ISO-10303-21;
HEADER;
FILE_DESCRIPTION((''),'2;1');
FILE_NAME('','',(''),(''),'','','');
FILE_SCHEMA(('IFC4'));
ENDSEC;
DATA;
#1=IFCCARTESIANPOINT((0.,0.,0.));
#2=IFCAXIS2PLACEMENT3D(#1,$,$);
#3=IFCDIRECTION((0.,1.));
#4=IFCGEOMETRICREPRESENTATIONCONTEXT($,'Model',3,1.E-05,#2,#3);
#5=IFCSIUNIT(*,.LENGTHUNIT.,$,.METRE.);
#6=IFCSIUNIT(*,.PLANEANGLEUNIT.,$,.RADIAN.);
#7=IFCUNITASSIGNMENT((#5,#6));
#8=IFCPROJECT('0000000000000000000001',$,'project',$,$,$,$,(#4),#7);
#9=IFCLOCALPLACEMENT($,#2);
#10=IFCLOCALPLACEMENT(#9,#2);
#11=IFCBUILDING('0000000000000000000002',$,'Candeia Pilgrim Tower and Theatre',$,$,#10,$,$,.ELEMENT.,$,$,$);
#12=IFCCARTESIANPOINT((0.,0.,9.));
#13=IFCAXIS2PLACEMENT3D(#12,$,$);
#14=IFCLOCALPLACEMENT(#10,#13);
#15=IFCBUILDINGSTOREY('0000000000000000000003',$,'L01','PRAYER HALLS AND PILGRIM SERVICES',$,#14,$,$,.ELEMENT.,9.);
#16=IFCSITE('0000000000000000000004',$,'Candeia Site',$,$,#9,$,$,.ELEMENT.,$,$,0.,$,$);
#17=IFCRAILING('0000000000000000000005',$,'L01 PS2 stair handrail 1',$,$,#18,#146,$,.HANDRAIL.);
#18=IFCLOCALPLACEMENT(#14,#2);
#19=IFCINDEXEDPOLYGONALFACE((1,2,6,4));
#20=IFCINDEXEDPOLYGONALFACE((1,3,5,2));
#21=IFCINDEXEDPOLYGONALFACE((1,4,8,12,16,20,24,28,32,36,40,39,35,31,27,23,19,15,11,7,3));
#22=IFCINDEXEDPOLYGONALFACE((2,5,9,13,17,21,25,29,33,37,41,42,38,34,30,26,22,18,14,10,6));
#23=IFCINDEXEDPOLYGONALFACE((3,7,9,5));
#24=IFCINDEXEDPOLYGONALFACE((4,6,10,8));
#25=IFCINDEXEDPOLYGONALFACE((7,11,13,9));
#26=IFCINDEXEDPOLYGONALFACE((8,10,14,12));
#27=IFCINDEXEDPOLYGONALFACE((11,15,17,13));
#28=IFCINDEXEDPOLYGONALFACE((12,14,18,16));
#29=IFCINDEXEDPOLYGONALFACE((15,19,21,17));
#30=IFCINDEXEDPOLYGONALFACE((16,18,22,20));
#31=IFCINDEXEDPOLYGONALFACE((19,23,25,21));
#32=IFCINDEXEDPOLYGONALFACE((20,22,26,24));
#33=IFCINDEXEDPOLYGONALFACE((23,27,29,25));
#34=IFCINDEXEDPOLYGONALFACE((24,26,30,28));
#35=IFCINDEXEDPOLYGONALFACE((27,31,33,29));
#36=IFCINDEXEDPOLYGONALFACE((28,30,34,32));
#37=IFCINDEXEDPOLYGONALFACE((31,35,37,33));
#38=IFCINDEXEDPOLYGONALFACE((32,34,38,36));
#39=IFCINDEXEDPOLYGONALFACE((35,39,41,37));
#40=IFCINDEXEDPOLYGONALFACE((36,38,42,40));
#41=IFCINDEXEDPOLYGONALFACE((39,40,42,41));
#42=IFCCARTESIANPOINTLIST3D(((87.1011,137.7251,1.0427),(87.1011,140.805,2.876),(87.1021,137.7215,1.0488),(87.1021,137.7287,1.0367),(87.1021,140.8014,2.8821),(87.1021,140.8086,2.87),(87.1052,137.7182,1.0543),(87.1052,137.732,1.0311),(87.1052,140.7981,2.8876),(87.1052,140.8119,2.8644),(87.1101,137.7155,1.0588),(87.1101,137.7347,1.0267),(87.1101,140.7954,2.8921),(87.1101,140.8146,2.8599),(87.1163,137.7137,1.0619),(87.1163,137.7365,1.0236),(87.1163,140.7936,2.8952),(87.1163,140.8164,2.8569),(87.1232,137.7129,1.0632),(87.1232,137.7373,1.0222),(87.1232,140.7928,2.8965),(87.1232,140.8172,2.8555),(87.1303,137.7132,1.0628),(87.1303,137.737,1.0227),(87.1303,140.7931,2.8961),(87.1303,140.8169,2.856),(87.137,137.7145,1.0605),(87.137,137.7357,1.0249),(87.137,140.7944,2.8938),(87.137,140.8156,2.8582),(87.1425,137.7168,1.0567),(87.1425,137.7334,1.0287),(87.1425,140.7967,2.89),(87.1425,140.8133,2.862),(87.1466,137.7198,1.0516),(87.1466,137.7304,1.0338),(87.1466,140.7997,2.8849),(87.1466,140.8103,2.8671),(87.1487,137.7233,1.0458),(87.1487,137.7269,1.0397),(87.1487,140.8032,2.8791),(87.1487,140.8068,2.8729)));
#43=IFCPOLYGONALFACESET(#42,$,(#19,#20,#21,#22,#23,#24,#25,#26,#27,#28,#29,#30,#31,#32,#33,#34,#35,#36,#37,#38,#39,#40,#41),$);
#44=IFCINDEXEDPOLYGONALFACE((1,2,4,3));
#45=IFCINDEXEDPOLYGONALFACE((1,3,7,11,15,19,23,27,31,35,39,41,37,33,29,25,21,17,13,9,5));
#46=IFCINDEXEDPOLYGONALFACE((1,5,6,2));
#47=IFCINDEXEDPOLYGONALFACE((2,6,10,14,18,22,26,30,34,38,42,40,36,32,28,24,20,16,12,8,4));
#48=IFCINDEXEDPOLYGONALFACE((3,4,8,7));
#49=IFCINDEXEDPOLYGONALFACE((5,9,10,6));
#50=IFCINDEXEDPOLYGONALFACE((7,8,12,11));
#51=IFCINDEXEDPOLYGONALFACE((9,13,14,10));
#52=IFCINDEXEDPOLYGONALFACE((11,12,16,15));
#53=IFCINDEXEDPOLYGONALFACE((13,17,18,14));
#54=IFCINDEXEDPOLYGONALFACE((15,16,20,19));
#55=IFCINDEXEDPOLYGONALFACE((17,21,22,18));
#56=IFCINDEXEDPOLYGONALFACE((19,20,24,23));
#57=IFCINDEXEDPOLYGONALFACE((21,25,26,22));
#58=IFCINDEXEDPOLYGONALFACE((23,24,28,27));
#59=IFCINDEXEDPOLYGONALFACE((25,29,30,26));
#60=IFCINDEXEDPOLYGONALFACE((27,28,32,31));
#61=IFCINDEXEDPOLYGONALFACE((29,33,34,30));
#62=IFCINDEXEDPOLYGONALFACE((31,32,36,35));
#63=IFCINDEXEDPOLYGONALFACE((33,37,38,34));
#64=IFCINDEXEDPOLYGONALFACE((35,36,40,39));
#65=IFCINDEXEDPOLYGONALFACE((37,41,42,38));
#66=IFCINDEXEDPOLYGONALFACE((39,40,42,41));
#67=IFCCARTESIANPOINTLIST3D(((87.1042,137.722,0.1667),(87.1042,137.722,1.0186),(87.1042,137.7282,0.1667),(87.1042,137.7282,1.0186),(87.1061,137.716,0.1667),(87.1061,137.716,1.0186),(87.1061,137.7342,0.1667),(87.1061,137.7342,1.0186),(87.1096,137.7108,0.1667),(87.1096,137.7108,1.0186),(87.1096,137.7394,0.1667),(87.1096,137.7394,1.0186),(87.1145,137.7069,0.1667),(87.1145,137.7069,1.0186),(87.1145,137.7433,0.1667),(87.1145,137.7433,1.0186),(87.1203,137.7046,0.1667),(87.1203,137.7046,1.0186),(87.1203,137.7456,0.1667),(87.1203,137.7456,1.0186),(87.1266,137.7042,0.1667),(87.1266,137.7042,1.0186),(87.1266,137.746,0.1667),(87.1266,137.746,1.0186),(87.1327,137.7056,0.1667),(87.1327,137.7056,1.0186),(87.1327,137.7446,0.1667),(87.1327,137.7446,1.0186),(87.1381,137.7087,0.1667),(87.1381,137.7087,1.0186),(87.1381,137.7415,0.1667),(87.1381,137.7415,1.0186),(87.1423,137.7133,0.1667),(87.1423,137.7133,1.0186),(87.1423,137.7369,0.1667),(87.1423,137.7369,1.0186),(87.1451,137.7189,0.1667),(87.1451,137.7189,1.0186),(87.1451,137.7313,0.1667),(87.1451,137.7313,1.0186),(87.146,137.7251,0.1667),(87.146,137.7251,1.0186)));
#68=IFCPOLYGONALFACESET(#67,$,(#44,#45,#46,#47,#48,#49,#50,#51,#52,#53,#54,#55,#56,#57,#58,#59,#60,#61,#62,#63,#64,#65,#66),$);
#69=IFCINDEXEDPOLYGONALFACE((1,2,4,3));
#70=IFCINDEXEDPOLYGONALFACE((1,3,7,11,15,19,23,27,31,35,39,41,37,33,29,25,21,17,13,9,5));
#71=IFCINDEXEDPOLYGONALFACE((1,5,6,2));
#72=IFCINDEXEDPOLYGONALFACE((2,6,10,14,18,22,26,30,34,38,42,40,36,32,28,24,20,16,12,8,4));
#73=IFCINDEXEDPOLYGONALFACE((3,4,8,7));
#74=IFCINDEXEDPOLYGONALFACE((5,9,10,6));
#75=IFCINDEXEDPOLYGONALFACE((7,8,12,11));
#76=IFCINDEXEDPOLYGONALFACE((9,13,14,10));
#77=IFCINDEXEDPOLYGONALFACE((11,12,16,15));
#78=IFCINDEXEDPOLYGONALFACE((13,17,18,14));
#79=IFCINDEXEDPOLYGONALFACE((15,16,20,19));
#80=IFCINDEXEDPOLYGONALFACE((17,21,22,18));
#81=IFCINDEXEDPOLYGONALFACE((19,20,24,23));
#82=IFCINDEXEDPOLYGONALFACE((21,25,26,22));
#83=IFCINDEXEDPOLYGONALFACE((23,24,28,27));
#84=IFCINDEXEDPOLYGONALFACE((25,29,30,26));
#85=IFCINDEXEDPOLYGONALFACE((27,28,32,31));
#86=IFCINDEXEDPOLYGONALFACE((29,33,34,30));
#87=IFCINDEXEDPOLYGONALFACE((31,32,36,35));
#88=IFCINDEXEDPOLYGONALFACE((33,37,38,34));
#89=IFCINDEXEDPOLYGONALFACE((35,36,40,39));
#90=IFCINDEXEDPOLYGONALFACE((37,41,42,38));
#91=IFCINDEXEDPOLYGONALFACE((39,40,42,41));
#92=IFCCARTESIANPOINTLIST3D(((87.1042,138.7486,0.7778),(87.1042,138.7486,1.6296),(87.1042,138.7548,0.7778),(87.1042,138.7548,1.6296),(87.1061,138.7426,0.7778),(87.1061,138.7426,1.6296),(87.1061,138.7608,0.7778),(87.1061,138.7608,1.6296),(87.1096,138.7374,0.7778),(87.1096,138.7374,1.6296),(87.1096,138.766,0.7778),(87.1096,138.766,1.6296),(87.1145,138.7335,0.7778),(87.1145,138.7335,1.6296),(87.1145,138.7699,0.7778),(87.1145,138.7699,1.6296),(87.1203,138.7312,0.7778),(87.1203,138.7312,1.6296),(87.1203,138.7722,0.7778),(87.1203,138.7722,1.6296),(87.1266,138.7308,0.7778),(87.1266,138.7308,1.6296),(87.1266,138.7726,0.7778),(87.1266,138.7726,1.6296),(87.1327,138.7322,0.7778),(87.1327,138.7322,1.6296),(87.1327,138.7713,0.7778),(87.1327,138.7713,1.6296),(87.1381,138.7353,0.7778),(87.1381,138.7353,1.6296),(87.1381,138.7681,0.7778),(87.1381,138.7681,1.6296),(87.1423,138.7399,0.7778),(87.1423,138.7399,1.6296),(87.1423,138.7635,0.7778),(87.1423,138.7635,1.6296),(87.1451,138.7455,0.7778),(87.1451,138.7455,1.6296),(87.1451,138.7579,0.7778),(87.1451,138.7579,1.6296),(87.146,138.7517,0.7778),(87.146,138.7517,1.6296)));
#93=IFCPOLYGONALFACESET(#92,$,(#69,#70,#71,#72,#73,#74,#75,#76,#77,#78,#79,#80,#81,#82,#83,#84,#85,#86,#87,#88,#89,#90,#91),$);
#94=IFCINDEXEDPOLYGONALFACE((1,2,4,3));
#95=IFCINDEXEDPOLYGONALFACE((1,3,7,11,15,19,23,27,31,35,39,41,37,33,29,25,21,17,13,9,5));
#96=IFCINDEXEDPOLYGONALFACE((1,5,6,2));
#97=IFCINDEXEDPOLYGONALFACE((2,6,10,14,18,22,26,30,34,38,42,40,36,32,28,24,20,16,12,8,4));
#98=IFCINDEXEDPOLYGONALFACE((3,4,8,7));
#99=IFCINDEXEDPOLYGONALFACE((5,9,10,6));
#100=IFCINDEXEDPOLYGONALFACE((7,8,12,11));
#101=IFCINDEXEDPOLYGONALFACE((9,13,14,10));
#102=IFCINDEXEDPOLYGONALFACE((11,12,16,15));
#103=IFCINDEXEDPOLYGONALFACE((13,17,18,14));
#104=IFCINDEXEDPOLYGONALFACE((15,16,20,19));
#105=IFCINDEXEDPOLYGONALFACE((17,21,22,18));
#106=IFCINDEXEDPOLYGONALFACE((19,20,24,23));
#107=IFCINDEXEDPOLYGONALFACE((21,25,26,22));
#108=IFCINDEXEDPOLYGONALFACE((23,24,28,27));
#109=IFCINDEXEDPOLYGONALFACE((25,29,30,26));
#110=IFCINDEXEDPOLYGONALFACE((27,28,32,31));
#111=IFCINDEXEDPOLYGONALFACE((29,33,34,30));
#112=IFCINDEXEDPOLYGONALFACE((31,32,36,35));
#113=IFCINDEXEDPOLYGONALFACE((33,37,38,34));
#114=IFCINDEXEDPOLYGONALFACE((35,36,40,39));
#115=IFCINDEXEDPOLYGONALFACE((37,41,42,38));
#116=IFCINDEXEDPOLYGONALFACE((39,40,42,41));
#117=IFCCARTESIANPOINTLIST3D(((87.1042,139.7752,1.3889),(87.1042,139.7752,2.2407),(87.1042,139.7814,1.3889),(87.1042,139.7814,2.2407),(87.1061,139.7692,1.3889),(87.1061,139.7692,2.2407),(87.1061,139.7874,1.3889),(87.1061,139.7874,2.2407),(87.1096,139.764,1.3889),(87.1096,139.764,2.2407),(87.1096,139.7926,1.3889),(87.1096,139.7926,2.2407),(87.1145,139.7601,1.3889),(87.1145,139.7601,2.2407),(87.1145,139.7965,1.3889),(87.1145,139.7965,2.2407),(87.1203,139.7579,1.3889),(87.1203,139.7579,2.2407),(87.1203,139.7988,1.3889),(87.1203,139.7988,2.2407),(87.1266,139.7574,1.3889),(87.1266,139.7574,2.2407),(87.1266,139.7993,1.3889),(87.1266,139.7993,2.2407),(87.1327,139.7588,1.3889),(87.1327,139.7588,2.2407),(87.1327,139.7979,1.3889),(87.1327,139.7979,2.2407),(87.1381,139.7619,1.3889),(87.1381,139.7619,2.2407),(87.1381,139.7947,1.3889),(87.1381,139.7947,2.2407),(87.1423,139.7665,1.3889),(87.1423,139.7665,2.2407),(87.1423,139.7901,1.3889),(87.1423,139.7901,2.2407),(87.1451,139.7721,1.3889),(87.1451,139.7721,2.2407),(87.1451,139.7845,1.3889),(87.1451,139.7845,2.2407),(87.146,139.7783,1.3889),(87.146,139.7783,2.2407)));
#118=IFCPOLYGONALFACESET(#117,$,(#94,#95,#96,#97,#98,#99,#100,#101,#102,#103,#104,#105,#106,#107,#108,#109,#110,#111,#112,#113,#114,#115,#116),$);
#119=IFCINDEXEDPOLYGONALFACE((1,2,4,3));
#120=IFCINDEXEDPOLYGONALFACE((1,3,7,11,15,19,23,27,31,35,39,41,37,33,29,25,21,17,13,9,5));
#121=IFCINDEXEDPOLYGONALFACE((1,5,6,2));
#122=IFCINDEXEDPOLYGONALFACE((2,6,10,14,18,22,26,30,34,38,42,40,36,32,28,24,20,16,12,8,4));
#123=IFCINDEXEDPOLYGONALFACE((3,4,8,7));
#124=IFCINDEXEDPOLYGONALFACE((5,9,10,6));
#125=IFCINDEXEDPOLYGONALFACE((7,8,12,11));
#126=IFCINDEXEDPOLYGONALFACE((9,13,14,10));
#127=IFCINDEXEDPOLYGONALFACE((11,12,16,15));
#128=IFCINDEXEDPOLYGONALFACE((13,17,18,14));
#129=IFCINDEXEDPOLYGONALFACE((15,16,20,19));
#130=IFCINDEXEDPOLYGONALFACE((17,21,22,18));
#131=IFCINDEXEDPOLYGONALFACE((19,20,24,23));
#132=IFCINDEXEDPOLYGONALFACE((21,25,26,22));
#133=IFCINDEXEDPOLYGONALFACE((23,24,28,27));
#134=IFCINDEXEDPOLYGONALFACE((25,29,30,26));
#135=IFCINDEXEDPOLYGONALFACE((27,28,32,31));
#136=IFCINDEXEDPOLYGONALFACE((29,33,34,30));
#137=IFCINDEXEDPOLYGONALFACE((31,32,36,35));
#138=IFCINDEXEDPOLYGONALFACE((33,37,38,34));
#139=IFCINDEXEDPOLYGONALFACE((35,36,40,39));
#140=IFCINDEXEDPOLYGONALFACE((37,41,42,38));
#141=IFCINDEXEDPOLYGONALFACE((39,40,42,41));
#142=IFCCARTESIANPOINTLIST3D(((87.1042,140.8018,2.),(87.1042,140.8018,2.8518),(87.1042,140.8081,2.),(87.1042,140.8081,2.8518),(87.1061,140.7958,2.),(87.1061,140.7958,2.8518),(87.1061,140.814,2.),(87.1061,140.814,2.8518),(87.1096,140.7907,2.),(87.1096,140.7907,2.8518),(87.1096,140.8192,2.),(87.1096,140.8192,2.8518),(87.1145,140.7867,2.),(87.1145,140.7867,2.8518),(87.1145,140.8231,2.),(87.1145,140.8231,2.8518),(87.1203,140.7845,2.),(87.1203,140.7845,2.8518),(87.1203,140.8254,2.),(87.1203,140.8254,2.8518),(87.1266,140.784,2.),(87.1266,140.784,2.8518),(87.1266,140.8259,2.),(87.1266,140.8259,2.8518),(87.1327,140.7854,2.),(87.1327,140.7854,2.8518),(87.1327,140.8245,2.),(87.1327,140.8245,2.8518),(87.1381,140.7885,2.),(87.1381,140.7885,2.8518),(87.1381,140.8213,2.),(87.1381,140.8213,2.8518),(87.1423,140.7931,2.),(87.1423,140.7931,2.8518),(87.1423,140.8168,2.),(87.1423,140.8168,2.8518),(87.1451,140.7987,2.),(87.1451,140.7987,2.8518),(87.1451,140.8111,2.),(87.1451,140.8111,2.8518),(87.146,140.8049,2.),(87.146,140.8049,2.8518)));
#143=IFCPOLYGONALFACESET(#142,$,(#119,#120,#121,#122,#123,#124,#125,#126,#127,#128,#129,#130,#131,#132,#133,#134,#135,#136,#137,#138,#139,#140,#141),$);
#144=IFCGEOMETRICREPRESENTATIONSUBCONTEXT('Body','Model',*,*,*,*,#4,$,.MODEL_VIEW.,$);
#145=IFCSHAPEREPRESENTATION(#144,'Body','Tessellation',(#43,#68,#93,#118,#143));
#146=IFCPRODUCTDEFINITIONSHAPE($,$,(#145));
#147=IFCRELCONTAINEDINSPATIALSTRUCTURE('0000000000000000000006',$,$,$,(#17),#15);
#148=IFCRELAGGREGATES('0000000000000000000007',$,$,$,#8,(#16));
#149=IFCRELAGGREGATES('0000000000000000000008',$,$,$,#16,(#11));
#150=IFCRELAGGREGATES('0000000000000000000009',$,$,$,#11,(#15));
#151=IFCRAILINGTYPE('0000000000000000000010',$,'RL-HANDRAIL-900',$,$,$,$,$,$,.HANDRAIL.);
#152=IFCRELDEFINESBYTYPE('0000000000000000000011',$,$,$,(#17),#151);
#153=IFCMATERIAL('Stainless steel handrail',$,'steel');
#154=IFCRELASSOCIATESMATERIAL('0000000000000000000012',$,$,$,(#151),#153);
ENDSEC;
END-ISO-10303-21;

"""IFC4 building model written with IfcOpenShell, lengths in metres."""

from ifc_helpers import new_model, si_unit, direction, frame, origin, origin_2d, place, context, subcontext, project, spatial, circle, extrude, material, type_object, element, save


model = new_model("IFC4")

# Units and contexts
model_context = context("Model", 3, precision=1e-05, world=origin(), true_north=direction((0.0, 1.0)))
body_context = subcontext(model_context, "Body", "Model", "MODEL_VIEW")
ifc_project = project(units=[si_unit("LENGTHUNIT", "METRE"), si_unit("PLANEANGLEUNIT", "RADIAN")], contexts=[model_context])

# Site, building, storey
site_placement = place(None, origin())
site = spatial("IfcSite", under=ifc_project, at=site_placement, Name="Candeia Site", CompositionType="ELEMENT", RefElevation=0.0)
building_placement = place(site_placement, origin())
building = spatial("IfcBuilding", under=site, at=building_placement, Name="Candeia Pilgrim Tower and Theatre", CompositionType="ELEMENT")
storey_placement = place(building_placement, frame((0.0, 0.0, 9.0)))
storey = spatial("IfcBuildingStorey", under=building, at=storey_placement, Name="L01", Description="PRAYER HALLS AND PILGRIM SERVICES", CompositionType="ELEMENT", Elevation=9.0)

# Railing
ifc_material_1 = material(Name="Stainless steel handrail", Category="steel")
railing_type_1 = type_object("IfcRailingType", Name="RL-HANDRAIL-900", PredefinedType="HANDRAIL", material=ifc_material_1)
for number, where, name in (
    (1, (87.125, 137.7251, 0.1667), "L01 PS2 stair handrail 1"),
):
    element("IfcRailing", number, at=place(storey_placement, frame(where)), inside=storey, type_object=railing_type_1, Name=name, PredefinedType="HANDRAIL", context=body_context, shape_type="SweptSolid", body=[
        extrude(circle(Radius=0.0239, at=origin_2d()), frame((0.0, 0.0, 0.876), z_axis=(0.0, 0.859291, 0.511487), x_axis=(-1.0, 0.0, 0.0)), (0.0, 0.0, 1.0), 3.5842),
        extrude(circle(Radius=0.021, at=origin_2d()), origin(), (0.0, 0.0, 1.0), 0.8518),
        extrude(circle(Radius=0.021, at=origin_2d()), frame((0.0, 1.0266, 0.6111)), (0.0, 0.0, 1.0), 0.8518),
        extrude(circle(Radius=0.021, at=origin_2d()), frame((0.0, 2.0532, 1.2222)), (0.0, 0.0, 1.0), 0.8518),
        extrude(circle(Radius=0.021, at=origin_2d()), frame((0.0, 3.0798, 1.8333)), (0.0, 0.0, 1.0), 0.8518),
    ])

save(model, "model.ifc")
